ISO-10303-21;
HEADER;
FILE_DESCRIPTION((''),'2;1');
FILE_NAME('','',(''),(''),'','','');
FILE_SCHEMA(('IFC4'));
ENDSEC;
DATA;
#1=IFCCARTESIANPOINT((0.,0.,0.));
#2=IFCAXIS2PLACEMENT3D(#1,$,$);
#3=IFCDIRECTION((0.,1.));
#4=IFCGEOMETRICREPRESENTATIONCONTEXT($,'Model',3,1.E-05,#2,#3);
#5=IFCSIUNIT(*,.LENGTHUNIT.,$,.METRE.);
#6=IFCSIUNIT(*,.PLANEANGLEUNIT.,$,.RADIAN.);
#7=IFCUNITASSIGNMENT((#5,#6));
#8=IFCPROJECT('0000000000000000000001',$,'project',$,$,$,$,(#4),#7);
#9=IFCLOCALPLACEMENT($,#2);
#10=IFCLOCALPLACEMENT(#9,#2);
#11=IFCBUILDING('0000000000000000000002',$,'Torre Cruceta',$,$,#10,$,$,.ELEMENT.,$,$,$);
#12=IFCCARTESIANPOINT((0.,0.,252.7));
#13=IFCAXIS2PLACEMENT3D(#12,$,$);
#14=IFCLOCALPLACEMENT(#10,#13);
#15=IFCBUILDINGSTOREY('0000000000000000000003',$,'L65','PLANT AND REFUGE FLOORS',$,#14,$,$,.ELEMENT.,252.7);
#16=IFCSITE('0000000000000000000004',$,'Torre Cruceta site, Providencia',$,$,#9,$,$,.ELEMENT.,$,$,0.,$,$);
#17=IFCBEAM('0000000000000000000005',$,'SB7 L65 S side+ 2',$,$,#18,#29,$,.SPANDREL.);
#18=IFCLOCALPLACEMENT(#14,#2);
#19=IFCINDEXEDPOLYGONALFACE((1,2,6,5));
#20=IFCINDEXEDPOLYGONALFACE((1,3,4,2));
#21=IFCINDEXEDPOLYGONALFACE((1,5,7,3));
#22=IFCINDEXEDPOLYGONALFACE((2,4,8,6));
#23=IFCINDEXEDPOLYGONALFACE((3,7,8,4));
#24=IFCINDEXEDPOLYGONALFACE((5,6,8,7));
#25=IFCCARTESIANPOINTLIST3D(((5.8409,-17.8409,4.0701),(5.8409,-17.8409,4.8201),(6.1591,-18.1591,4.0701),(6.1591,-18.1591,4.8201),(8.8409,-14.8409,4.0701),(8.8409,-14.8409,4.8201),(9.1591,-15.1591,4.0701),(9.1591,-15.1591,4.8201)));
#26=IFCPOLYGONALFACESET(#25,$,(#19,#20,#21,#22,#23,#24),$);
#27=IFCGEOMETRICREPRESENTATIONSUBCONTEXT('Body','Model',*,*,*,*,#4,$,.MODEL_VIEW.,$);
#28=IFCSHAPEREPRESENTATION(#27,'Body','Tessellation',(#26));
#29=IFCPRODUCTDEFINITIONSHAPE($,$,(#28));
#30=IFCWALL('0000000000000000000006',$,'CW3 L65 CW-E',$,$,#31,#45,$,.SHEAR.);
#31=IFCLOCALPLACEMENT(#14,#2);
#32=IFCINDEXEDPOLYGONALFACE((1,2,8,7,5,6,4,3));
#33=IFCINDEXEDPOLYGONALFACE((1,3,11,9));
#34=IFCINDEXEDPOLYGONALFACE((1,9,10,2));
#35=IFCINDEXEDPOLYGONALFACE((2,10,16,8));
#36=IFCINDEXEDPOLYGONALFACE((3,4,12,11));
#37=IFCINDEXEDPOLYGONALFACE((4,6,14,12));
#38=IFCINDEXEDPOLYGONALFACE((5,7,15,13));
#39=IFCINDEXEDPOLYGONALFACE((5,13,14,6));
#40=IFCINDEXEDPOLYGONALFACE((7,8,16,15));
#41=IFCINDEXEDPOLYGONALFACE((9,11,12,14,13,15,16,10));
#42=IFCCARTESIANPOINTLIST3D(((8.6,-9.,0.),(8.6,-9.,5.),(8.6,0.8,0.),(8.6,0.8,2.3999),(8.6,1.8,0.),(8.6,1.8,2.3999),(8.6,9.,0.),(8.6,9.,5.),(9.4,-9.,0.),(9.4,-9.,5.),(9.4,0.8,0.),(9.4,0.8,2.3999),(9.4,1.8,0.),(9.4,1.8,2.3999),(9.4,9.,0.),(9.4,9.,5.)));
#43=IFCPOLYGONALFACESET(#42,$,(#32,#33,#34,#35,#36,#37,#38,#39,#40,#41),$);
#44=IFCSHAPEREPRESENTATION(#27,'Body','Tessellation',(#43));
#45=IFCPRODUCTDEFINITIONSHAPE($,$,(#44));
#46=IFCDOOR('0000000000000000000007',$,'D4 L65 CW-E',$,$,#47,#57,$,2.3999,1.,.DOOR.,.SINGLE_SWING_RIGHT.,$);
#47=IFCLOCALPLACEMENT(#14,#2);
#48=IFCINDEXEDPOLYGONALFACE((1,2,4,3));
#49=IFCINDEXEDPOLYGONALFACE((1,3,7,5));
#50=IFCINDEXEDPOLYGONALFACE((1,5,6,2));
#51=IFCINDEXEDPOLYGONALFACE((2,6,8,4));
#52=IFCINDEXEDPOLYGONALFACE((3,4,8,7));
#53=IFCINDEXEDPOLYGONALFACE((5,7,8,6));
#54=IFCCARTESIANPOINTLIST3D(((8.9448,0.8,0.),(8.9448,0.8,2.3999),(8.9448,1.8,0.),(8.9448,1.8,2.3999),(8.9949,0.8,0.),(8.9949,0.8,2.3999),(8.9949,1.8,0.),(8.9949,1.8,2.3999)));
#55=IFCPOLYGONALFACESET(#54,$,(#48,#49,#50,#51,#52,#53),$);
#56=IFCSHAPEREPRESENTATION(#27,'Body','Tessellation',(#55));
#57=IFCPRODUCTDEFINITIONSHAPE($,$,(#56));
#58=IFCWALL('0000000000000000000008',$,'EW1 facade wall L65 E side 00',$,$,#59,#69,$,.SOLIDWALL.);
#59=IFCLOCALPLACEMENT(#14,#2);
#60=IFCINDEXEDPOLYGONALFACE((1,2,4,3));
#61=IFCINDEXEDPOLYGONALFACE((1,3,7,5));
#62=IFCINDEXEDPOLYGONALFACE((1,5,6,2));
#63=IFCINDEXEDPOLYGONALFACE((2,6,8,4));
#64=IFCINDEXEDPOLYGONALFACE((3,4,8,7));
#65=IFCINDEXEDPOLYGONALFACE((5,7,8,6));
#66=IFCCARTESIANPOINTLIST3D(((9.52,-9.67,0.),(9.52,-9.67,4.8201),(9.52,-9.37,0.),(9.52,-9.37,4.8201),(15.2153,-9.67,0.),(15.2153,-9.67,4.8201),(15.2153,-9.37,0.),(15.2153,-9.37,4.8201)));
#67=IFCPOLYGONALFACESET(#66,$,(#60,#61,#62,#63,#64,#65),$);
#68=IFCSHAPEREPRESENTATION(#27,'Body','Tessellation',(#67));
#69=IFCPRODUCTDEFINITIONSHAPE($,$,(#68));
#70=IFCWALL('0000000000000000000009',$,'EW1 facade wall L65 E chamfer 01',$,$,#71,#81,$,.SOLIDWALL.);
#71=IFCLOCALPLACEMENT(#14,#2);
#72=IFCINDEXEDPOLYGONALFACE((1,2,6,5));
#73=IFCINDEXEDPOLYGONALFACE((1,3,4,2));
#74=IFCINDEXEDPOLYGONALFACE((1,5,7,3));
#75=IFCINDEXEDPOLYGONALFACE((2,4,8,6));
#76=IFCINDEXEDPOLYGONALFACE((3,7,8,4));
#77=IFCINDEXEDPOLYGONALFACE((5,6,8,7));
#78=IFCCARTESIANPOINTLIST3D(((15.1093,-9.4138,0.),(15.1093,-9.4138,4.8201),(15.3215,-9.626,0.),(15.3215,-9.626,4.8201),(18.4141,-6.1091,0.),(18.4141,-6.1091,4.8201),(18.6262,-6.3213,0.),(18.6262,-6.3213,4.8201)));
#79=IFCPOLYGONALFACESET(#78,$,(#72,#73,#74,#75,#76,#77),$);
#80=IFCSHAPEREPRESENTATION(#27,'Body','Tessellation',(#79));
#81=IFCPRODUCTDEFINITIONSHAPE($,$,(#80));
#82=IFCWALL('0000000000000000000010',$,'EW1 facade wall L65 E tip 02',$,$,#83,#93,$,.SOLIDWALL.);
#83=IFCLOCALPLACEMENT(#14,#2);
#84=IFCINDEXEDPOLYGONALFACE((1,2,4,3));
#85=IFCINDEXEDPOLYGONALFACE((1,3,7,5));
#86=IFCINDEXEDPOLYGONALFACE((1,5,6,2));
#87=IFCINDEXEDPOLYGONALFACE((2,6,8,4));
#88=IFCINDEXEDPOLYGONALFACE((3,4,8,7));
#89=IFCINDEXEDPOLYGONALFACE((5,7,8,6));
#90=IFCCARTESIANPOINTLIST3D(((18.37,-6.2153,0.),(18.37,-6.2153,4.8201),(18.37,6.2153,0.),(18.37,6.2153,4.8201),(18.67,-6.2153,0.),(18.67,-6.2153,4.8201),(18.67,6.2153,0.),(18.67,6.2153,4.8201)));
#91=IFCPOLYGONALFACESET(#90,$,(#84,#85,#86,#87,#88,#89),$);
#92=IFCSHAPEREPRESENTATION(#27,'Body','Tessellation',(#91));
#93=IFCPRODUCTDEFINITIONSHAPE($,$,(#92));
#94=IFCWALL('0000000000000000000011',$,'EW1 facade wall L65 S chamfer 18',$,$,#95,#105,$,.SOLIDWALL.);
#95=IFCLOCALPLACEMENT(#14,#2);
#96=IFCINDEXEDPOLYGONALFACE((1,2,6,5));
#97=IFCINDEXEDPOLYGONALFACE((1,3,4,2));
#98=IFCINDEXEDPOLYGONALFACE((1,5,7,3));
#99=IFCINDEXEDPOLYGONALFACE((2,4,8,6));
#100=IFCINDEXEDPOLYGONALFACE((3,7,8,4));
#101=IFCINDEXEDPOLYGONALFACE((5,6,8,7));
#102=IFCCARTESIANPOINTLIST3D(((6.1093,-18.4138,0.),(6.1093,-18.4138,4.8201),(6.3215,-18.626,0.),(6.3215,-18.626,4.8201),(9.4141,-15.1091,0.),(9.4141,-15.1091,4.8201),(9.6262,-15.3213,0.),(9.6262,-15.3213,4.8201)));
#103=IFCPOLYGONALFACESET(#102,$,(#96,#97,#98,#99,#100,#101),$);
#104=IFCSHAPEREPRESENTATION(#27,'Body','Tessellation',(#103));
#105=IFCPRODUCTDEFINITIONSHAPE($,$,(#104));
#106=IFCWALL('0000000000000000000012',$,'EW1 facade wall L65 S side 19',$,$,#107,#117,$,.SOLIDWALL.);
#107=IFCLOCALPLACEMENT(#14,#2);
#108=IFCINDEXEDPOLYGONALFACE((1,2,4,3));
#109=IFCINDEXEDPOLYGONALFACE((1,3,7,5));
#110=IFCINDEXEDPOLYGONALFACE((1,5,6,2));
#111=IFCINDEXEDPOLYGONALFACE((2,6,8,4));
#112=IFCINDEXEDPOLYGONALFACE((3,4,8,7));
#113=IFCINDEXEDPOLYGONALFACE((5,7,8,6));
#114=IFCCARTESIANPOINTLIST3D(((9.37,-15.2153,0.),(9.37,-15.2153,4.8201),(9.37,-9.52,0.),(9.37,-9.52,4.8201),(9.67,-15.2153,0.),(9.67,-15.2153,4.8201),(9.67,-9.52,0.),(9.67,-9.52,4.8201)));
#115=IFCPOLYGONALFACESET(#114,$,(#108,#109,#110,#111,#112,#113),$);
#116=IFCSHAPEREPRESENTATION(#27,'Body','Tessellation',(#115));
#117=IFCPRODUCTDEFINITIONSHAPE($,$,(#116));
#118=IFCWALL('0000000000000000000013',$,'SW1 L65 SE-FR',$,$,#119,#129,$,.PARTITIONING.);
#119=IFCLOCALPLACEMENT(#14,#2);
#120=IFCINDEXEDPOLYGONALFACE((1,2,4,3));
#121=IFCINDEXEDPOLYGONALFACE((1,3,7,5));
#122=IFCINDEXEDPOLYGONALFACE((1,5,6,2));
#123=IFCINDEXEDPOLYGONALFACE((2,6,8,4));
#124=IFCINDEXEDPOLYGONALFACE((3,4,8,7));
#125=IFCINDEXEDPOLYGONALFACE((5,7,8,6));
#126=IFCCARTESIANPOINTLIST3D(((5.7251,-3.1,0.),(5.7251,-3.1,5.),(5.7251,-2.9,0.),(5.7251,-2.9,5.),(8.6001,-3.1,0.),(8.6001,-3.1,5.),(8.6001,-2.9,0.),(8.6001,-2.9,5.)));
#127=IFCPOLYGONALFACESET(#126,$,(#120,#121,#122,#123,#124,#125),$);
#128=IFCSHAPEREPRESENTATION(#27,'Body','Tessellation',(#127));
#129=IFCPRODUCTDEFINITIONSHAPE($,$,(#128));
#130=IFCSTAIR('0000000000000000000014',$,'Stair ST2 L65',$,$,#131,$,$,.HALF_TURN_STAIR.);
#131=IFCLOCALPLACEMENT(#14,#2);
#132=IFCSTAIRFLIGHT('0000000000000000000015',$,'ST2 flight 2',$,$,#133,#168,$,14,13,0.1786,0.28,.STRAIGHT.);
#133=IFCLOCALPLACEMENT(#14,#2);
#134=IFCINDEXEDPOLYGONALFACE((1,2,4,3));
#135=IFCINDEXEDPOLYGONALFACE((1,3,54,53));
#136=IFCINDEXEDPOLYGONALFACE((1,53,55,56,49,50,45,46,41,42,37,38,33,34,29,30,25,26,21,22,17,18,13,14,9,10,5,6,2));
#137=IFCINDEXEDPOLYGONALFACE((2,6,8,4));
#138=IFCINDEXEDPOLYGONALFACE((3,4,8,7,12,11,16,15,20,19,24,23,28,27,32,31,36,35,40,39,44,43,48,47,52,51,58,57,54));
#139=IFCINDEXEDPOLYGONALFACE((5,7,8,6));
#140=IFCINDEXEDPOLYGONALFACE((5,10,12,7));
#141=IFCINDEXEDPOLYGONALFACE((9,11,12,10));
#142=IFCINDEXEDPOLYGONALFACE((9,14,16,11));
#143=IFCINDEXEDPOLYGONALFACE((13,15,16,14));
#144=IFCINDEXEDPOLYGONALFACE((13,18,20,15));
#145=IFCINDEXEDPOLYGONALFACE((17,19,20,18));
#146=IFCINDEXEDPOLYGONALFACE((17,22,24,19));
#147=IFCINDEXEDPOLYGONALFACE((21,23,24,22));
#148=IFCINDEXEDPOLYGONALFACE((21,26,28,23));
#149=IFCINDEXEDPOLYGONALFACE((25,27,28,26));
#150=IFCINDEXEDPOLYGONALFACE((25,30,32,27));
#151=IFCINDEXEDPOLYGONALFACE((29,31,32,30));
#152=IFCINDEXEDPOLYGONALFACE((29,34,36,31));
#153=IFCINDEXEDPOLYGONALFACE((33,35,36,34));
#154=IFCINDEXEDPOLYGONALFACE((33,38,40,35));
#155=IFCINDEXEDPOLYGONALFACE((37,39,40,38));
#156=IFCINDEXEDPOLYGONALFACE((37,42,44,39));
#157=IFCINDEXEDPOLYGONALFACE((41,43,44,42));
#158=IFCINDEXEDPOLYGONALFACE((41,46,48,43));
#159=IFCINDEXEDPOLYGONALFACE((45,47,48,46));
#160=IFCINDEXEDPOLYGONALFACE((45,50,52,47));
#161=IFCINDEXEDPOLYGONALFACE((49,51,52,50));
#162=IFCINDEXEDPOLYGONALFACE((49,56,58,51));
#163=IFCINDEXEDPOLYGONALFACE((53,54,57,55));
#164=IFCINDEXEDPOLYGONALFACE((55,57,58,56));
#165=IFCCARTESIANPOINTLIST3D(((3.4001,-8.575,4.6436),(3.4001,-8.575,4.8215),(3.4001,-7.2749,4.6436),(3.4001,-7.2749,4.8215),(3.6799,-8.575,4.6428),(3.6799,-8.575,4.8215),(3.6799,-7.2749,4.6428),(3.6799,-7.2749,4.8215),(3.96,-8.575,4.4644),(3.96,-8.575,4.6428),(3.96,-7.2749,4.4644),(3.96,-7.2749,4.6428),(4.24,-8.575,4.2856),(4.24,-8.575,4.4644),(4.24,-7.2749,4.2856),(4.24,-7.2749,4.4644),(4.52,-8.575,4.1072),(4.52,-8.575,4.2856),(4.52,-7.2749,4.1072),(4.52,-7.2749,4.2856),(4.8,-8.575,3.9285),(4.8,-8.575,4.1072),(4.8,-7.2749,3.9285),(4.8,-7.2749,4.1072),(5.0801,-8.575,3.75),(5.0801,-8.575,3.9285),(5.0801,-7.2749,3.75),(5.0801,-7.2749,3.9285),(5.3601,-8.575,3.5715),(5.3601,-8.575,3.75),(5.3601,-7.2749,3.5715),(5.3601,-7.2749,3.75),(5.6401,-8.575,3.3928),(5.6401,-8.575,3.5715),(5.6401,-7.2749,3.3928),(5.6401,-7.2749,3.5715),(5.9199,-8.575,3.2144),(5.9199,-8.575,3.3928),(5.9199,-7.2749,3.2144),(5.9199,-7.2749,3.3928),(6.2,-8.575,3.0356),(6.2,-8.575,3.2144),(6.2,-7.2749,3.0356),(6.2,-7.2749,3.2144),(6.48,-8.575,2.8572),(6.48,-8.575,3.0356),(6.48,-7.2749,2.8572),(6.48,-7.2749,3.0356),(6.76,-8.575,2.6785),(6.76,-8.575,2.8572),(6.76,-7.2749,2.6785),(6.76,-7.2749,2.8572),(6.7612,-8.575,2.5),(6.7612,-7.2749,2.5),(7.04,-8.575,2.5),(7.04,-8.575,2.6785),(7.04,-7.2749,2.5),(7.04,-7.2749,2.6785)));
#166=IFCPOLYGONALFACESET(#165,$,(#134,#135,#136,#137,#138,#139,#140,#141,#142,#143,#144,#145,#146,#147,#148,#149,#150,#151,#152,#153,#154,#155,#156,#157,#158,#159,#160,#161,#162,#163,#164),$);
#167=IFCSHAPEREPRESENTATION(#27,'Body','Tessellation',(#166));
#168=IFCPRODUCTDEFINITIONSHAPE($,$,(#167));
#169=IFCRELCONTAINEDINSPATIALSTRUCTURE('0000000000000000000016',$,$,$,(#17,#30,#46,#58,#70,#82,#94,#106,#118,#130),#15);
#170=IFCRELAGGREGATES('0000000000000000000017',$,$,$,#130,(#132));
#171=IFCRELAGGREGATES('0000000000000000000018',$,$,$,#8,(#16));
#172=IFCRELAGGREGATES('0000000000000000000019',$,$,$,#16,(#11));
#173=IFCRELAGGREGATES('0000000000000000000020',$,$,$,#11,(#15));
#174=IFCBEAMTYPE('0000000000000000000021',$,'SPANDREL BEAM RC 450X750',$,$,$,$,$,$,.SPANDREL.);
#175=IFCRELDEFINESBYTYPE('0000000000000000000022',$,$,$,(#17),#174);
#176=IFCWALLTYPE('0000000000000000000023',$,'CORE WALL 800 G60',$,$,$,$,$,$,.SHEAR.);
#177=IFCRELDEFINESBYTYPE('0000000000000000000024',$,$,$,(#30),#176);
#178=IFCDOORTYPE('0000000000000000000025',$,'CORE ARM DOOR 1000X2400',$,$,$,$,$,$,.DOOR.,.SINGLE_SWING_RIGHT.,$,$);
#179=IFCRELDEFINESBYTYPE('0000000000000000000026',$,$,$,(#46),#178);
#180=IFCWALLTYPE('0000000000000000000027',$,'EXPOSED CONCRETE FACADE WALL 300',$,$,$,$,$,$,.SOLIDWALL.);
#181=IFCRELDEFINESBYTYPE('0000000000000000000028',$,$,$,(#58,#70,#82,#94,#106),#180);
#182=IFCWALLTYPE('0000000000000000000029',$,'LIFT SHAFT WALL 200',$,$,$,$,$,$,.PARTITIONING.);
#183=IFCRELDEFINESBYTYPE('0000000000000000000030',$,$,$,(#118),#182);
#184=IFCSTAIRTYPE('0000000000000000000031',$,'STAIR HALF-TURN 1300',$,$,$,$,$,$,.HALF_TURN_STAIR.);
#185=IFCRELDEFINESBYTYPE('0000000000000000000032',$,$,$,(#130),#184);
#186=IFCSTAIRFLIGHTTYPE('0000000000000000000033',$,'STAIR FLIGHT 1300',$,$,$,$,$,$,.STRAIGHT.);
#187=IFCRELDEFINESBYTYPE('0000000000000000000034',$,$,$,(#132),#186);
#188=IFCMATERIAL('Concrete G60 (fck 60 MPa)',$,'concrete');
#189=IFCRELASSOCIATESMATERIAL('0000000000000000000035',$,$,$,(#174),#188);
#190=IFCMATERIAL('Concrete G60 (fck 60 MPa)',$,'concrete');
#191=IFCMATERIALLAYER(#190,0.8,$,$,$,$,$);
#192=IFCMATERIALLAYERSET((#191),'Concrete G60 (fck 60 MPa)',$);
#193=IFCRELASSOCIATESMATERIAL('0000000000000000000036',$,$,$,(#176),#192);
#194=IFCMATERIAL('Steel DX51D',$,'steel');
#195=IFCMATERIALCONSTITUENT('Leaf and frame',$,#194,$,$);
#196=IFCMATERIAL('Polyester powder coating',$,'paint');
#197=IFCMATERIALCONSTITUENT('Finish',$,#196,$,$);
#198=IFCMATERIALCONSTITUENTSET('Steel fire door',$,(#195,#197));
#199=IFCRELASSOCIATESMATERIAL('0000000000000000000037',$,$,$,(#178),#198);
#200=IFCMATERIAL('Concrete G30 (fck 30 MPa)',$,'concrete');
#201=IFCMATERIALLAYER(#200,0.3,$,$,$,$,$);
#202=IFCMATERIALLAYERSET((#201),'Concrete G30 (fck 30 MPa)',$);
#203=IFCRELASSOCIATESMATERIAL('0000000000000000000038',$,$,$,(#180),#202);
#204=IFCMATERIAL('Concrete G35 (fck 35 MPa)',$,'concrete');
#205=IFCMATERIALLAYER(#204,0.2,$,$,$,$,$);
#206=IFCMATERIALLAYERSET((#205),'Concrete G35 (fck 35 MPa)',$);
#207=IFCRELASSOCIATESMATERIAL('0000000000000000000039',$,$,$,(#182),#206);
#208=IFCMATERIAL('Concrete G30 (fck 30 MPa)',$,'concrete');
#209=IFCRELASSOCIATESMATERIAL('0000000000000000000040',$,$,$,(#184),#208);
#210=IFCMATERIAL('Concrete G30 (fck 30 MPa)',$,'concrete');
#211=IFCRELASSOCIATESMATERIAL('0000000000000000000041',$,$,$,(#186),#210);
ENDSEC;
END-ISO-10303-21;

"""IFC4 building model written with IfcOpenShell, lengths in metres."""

from ifc_helpers import new_model, si_unit, direction, frame, frame_2d, origin, origin_2d, place, context, subcontext, project, spatial, polyline, rectangle, outline, extrude, material, layer, layer_set, constituent, constituent_set, material_profile, profile_set, type_object, element, fill, aggregate, save


model = new_model("IFC4")

# Units and contexts
model_context = context("Model", 3, precision=1e-05, world=origin(), true_north=direction((0.0, 1.0)))
body_context = subcontext(model_context, "Body", "Model", "MODEL_VIEW")
ifc_project = project(units=[si_unit("LENGTHUNIT", "METRE"), si_unit("PLANEANGLEUNIT", "RADIAN")], contexts=[model_context])

# Site, building, storey
site_placement = place(None, origin())
site = spatial("IfcSite", under=ifc_project, at=site_placement, Name="Torre Cruceta site, Providencia", CompositionType="ELEMENT", RefElevation=0.0)
building_placement = place(site_placement, origin())
building = spatial("IfcBuilding", under=site, at=building_placement, Name="Torre Cruceta", CompositionType="ELEMENT")
storey_placement = place(building_placement, frame((0.0, 0.0, 252.7)))
storey = spatial("IfcBuildingStorey", under=building, at=storey_placement, Name="L65", Description="PLANT AND REFUGE FLOORS", CompositionType="ELEMENT", Elevation=252.7)

# Beam
ifc_material_1 = material(Name="Concrete G60 (fck 60 MPa)", Category="concrete")
ifc_material_profile_1 = material_profile(ifc_material_1, rectangle(XDim=0.45, YDim=0.75, at=origin_2d()), Name="RC 450X750")
ifc_profile_set_1 = profile_set([ifc_material_profile_1], Name="Concrete G60 (fck 60 MPa)")
beam_type_1 = type_object("IfcBeamType", Name="SPANDREL BEAM RC 450X750", PredefinedType="SPANDREL", material=ifc_profile_set_1)
beam_1_placement = place(storey_placement, frame((9.0, -15.0, 4.4451), z_axis=(-0.707107, -0.707107, 0.0), x_axis=(0.707107, -0.707107, 0.0)))
element("IfcBeam", 1, at=beam_1_placement, inside=storey, type_object=beam_type_1, Name="SB7 L65 S side+ 2", PredefinedType="SPANDREL", context=body_context, shape_type="SweptSolid", body=[
    extrude(rectangle(XDim=0.45, YDim=0.75, at=origin_2d()), origin(), (0.0, 0.0, 1.0), 4.2427),
])

# Wall, opening, door
ifc_material_2 = material(Name="Concrete G60 (fck 60 MPa)", Category="concrete")
ifc_layer_1 = layer(ifc_material_2, 0.8)
ifc_layer_set_1 = layer_set([ifc_layer_1], Name="Concrete G60 (fck 60 MPa)")
wall_type_1 = type_object("IfcWallType", Name="CORE WALL 800 G60", PredefinedType="SHEAR", material=ifc_layer_set_1)
wall_1_placement = place(storey_placement, frame((9.0, -9.0, 0.0), z_axis=(0.0, 0.0, 1.0), x_axis=(0.0, 1.0, 0.0)))
wall_1 = element("IfcWall", 2, at=wall_1_placement, inside=storey, type_object=wall_type_1, Name="CW3 L65 CW-E", PredefinedType="SHEAR", context=body_context, shape_type="SweptSolid", body=[
    extrude(rectangle(XDim=18.0, YDim=0.8, at=frame_2d((9.0, 0.0))), origin(), (0.0, 0.0, 1.0), 5.0),
])
opening_placement = place(wall_1_placement, frame((9.8, 0.0, 0.0)))
opening = element("IfcOpeningElement", 3, at=opening_placement, cuts=wall_1, PredefinedType="OPENING", context=body_context, shape_type="SweptSolid", body=[
    extrude(rectangle(XDim=1.0, YDim=2.3999, at=frame_2d((0.5, 1.2))), frame((0.0, 0.4099, 0.0), z_axis=(0.0, -1.0, 0.0), x_axis=(1.0, 0.0, 0.0)), (0.0, 0.0, 1.0), 0.8201),
])
ifc_material_3 = material(Name="Steel DX51D", Category="steel")
ifc_constituent_1 = constituent(ifc_material_3, Name="Leaf and frame")
ifc_material_4 = material(Name="Polyester powder coating", Category="paint")
ifc_constituent_2 = constituent(ifc_material_4, Name="Finish")
ifc_constituent_set = constituent_set(constituents=[ifc_constituent_1, ifc_constituent_2], Name="Steel fire door")
door_type = type_object("IfcDoorType", Name="CORE ARM DOOR 1000X2400", OperationType="SINGLE_SWING_RIGHT", PredefinedType="DOOR", material=ifc_constituent_set)
door_placement = place(opening_placement, frame((1.0, 0.0, 0.0), z_axis=(0.0, 0.0, 1.0), x_axis=(-1.0, 0.0, 0.0)))
door = element("IfcDoor", 4, at=door_placement, inside=storey, type_object=door_type, Name="D4 L65 CW-E", OperationType="SINGLE_SWING_RIGHT", OverallHeight=2.3999, OverallWidth=1.0, PredefinedType="DOOR", context=body_context, shape_type="SweptSolid", body=[
    extrude(rectangle(XDim=1.0, YDim=2.3999, at=frame_2d((0.5, 1.2))), frame((0.0, -0.0051, 0.0), z_axis=(0.0, -1.0, 0.0), x_axis=(1.0, 0.0, 0.0)), (0.0, 0.0, 1.0), 0.05),
])
fill(opening, door)

# Walls
ifc_material_5 = material(Name="Concrete G30 (fck 30 MPa)", Category="concrete")
ifc_layer_2 = layer(ifc_material_5, 0.3)
ifc_layer_set_2 = layer_set([ifc_layer_2], Name="Concrete G30 (fck 30 MPa)")
wall_type_2 = type_object("IfcWallType", Name="EXPOSED CONCRETE FACADE WALL 300", PredefinedType="SOLIDWALL", material=ifc_layer_set_2)
wall_2_placement = place(storey_placement, frame((9.52, -9.52, 0.0), z_axis=(0.0, 0.0, 1.0), x_axis=(1.0, 0.0, 0.0)))
element("IfcWall", 5, at=wall_2_placement, inside=storey, type_object=wall_type_2, Name="EW1 facade wall L65 E side 00", PredefinedType="SOLIDWALL", context=body_context, shape_type="SweptSolid", body=[
    extrude(rectangle(XDim=5.6953, YDim=0.3, at=frame_2d((2.8477, 0.0))), origin(), (0.0, 0.0, 1.0), 4.8201),
])
wall_3_placement = place(storey_placement, frame((15.2153, -9.52, 0.0), z_axis=(0.0, 0.0, 1.0), x_axis=(0.707107, 0.707107, 0.0)))
element("IfcWall", 6, at=wall_3_placement, inside=storey, type_object=wall_type_2, Name="EW1 facade wall L65 E chamfer 01", PredefinedType="SOLIDWALL", context=body_context, shape_type="SweptSolid", body=[
    extrude(rectangle(XDim=4.6736, YDim=0.3, at=frame_2d((2.3369, 0.0))), origin(), (0.0, 0.0, 1.0), 4.8201),
])
wall_4_placement = place(storey_placement, frame((18.52, -6.2153, 0.0), z_axis=(0.0, 0.0, 1.0), x_axis=(0.0, 1.0, 0.0)))
element("IfcWall", 7, at=wall_4_placement, inside=storey, type_object=wall_type_2, Name="EW1 facade wall L65 E tip 02", PredefinedType="SOLIDWALL", context=body_context, shape_type="SweptSolid", body=[
    extrude(rectangle(XDim=12.4307, YDim=0.3, at=frame_2d((6.2153, 0.0))), origin(), (0.0, 0.0, 1.0), 4.8201),
])
wall_5_placement = place(storey_placement, frame((6.2153, -18.52, 0.0), z_axis=(0.0, 0.0, 1.0), x_axis=(0.707107, 0.707107, 0.0)))
element("IfcWall", 8, at=wall_5_placement, inside=storey, type_object=wall_type_2, Name="EW1 facade wall L65 S chamfer 18", PredefinedType="SOLIDWALL", context=body_context, shape_type="SweptSolid", body=[
    extrude(rectangle(XDim=4.6736, YDim=0.3, at=frame_2d((2.3369, 0.0))), origin(), (0.0, 0.0, 1.0), 4.8201),
])
wall_6_placement = place(storey_placement, frame((9.52, -15.2153, 0.0), z_axis=(0.0, 0.0, 1.0), x_axis=(0.0, 1.0, 0.0)))
element("IfcWall", 9, at=wall_6_placement, inside=storey, type_object=wall_type_2, Name="EW1 facade wall L65 S side 19", PredefinedType="SOLIDWALL", context=body_context, shape_type="SweptSolid", body=[
    extrude(rectangle(XDim=5.6953, YDim=0.3, at=frame_2d((2.8477, 0.0))), origin(), (0.0, 0.0, 1.0), 4.8201),
])
ifc_material_6 = material(Name="Concrete G35 (fck 35 MPa)", Category="concrete")
ifc_layer_3 = layer(ifc_material_6, 0.2)
ifc_layer_set_3 = layer_set([ifc_layer_3], Name="Concrete G35 (fck 35 MPa)")
wall_type_3 = type_object("IfcWallType", Name="LIFT SHAFT WALL 200", PredefinedType="PARTITIONING", material=ifc_layer_set_3)
wall_7_placement = place(storey_placement, frame((5.7251, -3.0, 0.0), z_axis=(0.0, 0.0, 1.0), x_axis=(1.0, 0.0, 0.0)))
element("IfcWall", 10, at=wall_7_placement, inside=storey, type_object=wall_type_3, Name="SW1 L65 SE-FR", PredefinedType="PARTITIONING", context=body_context, shape_type="SweptSolid", body=[
    extrude(rectangle(XDim=2.875, YDim=0.2, at=frame_2d((1.4375, 0.0))), origin(), (0.0, 0.0, 1.0), 5.0),
])

# Stair, stair flight
ifc_material_7 = material(Name="Concrete G30 (fck 30 MPa)", Category="concrete")
stair_type = type_object("IfcStairType", Name="STAIR HALF-TURN 1300", PredefinedType="HALF_TURN_STAIR", material=ifc_material_7)
stair_placement = place(storey_placement, origin())
stair = element("IfcStair", 11, at=stair_placement, inside=storey, type_object=stair_type, Name="Stair ST2 L65", PredefinedType="HALF_TURN_STAIR")
ifc_material_8 = material(Name="Concrete G30 (fck 30 MPa)", Category="concrete")
stair_flight_type = type_object("IfcStairFlightType", Name="STAIR FLIGHT 1300", PredefinedType="STRAIGHT", material=ifc_material_8)
stair_flight_placement = place(storey_placement, frame((7.04, -7.925, 2.5), z_axis=(0.0, 0.0, 1.0), x_axis=(-1.0, 0.0, 0.0)))
stair_flight = element("IfcStairFlight", 12, at=stair_flight_placement, type_object=stair_flight_type, Name="ST2 flight 2", NumberOfRisers=14, NumberOfTreads=13, PredefinedType="STRAIGHT", RiserHeight=0.1786, TreadLength=0.28, context=body_context, shape_type="SweptSolid", body=[
    extrude(outline(polyline([(0.0, 0.0), (0.0, 0.1785), (0.28, 0.1785), (0.28, 0.3572), (0.5601, 0.3572), (0.5601, 0.5356), (0.8401, 0.5356), (0.8401, 0.7144), (1.1201, 0.7144), (1.1201, 0.8928), (1.3999, 0.8928), (1.3999, 1.0715), (1.6799, 1.0715), (1.6799, 1.25), (1.96, 1.25), (1.96, 1.4285), (2.24, 1.4285), (2.24, 1.6072), (2.52, 1.6072), (2.52, 1.7856), (2.8, 1.7856), (2.8, 1.9644), (3.0801, 1.9644), (3.0801, 2.1428), (3.3601, 2.1428), (3.3601, 2.3215), (3.6399, 2.3215), (3.6399, 2.5), (3.6399, 2.1436), (0.2788, 0.0), (0.0, 0.0)])), frame((0.0, 0.6499, 0.0), z_axis=(0.0, -1.0, 0.0), x_axis=(1.0, 0.0, 0.0)), (0.0, 0.0, 1.0), 1.3),
])
aggregate(stair, [stair_flight])

save(model, "model.ifc")
